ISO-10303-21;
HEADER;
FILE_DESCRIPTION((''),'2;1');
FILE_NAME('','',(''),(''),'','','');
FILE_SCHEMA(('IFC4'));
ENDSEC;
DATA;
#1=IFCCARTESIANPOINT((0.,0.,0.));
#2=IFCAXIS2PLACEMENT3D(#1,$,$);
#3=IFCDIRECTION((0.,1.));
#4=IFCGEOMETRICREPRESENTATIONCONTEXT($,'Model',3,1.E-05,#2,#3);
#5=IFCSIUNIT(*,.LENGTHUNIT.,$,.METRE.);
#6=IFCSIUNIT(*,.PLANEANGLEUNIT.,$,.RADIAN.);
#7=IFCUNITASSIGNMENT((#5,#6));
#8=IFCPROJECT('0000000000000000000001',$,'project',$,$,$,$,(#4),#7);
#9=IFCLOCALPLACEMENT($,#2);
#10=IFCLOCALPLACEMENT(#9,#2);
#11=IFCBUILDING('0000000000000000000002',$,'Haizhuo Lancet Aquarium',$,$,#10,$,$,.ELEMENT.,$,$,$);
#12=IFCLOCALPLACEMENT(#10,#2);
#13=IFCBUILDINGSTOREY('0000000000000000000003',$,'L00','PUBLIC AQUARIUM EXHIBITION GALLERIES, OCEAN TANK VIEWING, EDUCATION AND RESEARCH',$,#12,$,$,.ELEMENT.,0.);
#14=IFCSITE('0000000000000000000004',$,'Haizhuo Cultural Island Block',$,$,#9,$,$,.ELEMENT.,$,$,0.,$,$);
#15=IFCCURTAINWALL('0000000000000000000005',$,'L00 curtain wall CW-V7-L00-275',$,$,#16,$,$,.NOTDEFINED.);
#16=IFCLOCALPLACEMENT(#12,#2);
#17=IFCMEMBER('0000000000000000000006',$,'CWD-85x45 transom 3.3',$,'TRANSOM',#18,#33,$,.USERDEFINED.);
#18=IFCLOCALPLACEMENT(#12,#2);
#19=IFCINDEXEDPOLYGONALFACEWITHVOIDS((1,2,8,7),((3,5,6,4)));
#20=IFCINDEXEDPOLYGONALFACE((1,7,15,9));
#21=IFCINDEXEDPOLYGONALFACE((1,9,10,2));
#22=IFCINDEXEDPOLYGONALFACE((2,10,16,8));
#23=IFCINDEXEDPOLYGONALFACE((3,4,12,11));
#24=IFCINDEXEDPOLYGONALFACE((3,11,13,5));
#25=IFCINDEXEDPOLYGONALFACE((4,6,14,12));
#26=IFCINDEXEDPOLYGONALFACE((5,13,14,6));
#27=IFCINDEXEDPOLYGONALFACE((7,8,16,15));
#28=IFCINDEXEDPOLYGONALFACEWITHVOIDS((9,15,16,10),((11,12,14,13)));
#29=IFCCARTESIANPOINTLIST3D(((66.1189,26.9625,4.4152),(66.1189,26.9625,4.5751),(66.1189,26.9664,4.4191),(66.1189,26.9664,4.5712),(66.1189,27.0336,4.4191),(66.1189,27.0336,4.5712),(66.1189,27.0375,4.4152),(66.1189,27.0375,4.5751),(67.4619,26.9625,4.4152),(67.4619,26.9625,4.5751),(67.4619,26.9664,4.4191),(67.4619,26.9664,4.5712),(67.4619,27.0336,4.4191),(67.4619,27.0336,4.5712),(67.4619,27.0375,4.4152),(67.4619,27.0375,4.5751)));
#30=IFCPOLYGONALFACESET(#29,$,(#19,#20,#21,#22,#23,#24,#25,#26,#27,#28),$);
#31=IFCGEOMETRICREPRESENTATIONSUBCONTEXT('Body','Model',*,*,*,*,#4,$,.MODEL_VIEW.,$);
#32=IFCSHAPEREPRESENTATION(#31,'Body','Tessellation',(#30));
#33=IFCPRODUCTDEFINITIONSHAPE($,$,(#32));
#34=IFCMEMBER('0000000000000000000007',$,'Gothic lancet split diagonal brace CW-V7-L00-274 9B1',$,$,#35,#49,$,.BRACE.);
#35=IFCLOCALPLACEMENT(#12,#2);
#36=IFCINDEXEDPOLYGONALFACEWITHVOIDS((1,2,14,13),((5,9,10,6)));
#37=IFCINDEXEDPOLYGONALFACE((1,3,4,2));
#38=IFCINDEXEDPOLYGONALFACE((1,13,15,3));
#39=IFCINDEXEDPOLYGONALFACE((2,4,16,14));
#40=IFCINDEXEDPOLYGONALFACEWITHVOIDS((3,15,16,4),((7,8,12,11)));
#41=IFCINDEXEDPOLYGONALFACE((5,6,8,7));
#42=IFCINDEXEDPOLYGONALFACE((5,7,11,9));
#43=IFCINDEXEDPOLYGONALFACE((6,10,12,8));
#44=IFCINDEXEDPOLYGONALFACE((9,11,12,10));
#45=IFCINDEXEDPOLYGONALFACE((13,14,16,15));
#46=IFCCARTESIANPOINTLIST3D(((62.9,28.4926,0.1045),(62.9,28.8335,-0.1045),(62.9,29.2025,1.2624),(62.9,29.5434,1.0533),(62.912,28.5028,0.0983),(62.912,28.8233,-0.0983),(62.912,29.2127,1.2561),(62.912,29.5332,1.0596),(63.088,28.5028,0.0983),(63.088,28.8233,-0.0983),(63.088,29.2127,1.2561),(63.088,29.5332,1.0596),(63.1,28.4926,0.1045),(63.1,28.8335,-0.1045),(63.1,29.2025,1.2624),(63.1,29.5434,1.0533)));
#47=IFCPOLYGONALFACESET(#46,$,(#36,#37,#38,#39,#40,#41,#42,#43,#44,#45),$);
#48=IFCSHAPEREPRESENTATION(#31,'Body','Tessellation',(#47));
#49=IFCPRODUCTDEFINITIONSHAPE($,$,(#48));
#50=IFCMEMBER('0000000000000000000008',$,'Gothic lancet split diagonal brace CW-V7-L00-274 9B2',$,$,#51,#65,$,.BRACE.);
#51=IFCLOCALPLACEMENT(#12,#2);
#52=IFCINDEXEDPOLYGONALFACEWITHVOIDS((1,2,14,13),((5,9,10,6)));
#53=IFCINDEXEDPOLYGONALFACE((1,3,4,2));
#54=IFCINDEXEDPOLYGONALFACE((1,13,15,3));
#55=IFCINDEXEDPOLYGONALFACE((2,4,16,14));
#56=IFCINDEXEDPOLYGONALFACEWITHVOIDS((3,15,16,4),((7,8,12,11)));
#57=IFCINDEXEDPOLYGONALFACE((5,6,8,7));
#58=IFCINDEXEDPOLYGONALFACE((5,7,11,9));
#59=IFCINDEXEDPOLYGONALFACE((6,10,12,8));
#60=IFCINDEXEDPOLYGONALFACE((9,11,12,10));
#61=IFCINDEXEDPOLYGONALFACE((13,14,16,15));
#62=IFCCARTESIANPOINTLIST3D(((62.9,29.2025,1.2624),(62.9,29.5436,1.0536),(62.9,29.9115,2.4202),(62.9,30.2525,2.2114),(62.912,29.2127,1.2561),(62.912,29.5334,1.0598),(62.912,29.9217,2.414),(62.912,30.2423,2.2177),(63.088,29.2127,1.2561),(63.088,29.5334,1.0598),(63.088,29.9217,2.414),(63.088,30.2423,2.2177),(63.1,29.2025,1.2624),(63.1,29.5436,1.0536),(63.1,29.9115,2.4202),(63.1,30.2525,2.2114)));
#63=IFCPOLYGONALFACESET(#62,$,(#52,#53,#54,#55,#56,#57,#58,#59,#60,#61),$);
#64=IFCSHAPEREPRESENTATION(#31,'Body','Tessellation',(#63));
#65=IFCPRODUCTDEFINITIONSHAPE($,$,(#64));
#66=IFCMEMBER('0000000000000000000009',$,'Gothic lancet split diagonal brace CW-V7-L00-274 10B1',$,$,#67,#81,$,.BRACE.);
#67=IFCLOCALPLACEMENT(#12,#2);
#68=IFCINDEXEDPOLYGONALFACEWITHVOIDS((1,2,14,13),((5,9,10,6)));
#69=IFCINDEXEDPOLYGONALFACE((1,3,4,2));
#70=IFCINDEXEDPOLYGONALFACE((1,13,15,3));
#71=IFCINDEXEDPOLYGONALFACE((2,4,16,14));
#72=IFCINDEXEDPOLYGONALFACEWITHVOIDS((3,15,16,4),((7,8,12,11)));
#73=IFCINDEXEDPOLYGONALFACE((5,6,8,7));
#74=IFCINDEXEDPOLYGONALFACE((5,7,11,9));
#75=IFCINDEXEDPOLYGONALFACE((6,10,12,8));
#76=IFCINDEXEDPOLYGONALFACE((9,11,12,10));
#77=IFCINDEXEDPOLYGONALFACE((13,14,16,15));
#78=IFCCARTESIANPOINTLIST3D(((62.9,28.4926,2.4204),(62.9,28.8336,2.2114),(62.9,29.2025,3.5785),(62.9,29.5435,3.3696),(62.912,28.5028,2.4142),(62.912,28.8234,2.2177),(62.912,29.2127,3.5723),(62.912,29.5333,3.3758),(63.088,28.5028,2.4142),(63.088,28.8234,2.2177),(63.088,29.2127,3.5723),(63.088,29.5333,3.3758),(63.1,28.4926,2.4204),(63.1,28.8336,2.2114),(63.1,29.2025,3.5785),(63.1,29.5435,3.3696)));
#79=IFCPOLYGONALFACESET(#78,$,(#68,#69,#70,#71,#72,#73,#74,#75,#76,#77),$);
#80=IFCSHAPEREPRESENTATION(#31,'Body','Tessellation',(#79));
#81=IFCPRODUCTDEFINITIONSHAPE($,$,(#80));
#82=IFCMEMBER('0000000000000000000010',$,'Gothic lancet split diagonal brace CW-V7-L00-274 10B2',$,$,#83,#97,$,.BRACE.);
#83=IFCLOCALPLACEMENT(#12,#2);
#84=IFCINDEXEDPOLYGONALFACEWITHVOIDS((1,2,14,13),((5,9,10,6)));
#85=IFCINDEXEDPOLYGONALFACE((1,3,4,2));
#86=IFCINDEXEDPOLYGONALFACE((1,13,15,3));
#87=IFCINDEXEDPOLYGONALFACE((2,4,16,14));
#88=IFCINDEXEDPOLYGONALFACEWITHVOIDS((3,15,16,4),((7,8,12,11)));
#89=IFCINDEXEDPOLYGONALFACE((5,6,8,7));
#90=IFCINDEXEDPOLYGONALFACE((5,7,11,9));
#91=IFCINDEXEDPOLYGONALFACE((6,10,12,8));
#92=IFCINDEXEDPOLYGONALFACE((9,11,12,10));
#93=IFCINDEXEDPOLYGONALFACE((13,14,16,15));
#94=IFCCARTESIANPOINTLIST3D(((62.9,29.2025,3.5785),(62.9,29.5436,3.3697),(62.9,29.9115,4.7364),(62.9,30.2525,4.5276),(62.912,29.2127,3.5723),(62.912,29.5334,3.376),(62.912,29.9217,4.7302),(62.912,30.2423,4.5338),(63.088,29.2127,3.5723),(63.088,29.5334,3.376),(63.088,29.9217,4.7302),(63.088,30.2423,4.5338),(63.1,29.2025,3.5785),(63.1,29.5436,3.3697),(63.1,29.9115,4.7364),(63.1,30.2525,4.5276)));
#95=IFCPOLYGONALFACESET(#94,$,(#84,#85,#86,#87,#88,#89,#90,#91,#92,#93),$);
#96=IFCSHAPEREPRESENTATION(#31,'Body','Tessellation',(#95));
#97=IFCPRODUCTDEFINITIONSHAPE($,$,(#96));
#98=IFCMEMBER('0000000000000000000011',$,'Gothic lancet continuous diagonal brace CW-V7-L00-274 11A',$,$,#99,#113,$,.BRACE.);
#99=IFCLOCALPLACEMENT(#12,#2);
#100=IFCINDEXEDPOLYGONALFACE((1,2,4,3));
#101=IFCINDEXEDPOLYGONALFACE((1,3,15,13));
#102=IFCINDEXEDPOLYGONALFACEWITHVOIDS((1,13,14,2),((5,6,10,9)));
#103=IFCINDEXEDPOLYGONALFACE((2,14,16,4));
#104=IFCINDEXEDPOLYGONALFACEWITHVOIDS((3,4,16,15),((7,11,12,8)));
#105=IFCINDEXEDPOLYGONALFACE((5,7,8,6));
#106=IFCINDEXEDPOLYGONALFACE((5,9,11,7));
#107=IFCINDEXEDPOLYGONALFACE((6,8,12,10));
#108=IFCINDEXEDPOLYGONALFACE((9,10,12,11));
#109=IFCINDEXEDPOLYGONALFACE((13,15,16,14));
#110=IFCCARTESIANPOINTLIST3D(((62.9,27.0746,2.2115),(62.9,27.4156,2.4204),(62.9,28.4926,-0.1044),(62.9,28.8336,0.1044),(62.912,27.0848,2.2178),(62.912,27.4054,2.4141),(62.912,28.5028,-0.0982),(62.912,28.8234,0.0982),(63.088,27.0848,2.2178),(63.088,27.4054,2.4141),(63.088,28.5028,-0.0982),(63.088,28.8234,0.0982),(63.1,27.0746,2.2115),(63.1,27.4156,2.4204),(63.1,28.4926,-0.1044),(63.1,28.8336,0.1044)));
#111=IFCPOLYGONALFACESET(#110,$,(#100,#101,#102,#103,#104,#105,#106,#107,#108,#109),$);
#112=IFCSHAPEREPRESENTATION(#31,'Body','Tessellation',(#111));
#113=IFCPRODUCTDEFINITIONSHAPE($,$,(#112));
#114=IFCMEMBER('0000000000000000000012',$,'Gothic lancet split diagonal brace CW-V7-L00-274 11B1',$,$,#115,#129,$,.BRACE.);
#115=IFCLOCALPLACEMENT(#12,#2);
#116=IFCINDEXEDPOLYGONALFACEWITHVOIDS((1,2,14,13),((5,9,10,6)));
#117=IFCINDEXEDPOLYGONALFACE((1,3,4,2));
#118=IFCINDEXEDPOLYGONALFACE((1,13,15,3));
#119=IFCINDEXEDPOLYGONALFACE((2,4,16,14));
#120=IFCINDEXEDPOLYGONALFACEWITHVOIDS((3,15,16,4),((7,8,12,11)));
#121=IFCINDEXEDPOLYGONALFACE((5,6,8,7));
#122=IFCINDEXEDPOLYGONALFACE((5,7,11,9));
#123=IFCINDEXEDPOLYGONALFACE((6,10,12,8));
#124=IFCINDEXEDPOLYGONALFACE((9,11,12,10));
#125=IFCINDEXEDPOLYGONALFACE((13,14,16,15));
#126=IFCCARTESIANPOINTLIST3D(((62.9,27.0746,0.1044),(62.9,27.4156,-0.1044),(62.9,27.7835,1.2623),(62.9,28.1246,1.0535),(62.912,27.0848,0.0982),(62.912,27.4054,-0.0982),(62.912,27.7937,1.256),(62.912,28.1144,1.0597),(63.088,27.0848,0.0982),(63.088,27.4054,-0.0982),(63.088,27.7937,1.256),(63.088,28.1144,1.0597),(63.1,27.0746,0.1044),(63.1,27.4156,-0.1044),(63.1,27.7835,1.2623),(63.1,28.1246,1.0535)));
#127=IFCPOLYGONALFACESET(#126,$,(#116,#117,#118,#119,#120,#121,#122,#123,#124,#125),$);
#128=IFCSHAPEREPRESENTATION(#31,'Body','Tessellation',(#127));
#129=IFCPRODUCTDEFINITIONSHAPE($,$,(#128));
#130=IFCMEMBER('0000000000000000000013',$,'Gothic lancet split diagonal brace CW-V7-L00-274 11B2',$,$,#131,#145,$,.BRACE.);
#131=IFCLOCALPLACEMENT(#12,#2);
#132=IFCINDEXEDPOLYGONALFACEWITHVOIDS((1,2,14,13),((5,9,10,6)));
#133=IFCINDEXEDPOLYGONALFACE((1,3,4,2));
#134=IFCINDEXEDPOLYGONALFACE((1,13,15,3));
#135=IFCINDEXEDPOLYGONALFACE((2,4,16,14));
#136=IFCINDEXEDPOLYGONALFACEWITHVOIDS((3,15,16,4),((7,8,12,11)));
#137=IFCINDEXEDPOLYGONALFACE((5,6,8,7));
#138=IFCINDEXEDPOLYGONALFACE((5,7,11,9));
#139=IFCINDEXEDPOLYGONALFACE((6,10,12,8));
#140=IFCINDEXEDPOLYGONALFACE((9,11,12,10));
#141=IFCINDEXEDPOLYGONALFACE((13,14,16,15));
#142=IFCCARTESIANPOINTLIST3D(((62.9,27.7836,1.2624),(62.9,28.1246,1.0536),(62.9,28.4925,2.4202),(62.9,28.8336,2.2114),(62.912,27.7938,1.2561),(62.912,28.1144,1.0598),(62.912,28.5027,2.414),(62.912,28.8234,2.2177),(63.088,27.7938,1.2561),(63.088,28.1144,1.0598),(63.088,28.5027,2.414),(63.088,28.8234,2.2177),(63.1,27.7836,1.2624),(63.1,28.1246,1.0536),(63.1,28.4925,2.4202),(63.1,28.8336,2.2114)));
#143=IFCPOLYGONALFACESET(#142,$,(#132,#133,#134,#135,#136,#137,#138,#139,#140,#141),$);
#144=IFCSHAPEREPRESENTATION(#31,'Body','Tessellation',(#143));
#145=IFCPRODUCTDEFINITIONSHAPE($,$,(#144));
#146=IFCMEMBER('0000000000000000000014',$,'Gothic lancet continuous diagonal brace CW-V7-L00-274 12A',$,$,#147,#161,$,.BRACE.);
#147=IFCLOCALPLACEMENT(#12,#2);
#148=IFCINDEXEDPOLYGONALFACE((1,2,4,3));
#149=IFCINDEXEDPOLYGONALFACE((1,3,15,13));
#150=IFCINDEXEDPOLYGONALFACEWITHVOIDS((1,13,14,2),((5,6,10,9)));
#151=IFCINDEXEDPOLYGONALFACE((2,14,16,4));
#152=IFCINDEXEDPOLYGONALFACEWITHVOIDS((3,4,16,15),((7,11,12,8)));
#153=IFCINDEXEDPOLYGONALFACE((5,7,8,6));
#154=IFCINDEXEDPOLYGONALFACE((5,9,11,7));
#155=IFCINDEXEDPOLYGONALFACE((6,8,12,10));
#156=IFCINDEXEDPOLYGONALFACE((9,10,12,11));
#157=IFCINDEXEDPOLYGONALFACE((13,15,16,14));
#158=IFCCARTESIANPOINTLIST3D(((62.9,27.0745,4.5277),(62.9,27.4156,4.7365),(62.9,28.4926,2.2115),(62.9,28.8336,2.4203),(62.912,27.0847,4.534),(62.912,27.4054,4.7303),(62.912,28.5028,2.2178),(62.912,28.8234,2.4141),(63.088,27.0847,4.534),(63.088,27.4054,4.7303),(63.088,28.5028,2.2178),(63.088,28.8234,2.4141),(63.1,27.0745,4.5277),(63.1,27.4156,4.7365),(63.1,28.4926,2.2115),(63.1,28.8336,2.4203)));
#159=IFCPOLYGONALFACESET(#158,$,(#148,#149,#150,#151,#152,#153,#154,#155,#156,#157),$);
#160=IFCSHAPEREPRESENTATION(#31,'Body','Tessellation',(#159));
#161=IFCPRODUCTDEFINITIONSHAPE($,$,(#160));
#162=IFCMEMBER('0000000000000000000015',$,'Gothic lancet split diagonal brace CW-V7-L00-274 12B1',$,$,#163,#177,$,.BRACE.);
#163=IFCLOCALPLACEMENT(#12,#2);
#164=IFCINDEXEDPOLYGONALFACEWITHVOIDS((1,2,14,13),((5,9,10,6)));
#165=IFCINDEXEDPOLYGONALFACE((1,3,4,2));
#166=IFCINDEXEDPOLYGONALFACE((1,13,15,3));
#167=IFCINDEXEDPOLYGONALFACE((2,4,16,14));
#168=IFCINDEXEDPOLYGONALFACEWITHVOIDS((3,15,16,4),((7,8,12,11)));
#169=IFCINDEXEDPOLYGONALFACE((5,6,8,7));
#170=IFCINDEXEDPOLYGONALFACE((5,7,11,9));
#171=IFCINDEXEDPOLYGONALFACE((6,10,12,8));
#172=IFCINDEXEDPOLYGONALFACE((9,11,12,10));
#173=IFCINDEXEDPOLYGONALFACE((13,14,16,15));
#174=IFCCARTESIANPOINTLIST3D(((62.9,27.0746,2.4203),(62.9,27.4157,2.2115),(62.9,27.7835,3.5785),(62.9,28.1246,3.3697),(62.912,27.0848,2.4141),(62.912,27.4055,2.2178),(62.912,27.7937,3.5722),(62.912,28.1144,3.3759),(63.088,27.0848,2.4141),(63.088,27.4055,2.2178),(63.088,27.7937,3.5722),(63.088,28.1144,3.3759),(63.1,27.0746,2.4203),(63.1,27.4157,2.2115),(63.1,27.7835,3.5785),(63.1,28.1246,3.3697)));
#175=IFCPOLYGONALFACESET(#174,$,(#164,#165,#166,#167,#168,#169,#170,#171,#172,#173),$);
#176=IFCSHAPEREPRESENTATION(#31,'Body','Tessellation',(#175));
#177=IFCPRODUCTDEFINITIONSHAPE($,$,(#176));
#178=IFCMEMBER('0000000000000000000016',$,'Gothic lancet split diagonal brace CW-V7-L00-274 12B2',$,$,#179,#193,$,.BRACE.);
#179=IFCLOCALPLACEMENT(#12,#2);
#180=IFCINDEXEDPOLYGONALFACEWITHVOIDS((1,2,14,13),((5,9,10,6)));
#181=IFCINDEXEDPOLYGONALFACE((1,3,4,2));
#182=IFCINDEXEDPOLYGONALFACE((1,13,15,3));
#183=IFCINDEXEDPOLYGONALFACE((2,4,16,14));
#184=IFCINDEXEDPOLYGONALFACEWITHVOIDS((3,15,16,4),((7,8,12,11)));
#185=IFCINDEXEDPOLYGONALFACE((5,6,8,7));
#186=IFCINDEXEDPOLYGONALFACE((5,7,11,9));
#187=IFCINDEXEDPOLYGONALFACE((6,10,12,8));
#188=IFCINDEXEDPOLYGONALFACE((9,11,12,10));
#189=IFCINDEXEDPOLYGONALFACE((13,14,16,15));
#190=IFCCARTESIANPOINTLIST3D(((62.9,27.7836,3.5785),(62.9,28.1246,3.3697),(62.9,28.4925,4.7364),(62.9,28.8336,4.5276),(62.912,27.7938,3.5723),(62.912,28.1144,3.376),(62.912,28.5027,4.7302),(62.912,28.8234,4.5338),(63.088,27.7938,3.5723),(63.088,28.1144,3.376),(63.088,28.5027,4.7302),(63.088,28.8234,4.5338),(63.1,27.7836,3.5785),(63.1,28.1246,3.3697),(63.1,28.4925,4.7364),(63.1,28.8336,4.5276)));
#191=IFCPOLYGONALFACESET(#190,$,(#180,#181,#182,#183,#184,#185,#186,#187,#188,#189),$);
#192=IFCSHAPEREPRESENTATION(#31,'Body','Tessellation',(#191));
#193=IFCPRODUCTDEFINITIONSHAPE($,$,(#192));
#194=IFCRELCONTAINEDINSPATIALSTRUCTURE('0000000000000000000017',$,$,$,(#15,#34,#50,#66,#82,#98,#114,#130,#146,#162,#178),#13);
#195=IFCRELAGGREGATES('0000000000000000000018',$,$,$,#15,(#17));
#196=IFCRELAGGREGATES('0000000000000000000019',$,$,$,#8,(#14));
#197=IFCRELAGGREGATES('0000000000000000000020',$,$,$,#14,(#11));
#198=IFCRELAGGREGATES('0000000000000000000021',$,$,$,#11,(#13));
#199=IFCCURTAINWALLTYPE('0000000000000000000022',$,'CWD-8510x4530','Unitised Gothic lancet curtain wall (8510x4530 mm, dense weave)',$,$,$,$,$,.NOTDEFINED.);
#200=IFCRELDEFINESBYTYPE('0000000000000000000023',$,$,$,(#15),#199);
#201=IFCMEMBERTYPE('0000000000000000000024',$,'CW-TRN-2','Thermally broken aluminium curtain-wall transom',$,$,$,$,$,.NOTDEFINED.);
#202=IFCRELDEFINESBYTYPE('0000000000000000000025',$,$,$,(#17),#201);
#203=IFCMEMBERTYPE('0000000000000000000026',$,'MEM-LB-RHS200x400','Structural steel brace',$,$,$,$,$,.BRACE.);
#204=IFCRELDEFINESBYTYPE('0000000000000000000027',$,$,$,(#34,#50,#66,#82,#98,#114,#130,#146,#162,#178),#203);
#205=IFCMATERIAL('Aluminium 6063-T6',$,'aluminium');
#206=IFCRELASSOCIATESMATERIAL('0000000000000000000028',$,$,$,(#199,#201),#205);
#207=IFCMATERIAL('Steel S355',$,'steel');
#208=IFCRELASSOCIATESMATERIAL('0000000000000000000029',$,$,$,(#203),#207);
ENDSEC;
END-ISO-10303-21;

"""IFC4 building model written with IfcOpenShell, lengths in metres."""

from ifc_helpers import new_model, si_unit, direction, frame, origin, origin_2d, place, context, subcontext, project, spatial, hollow_rectangle, extrude, material, material_profile, profile_set, type_object, element, aggregate, save


model = new_model("IFC4")

# Units and contexts
model_context = context("Model", 3, precision=1e-05, world=origin(), true_north=direction((0.0, 1.0)))
body_context = subcontext(model_context, "Body", "Model", "MODEL_VIEW")
ifc_project = project(units=[si_unit("LENGTHUNIT", "METRE"), si_unit("PLANEANGLEUNIT", "RADIAN")], contexts=[model_context])

# Site, building, storey
site_placement = place(None, origin())
site = spatial("IfcSite", under=ifc_project, at=site_placement, Name="Haizhuo Cultural Island Block", CompositionType="ELEMENT", RefElevation=0.0)
building_placement = place(site_placement, origin())
building = spatial("IfcBuilding", under=site, at=building_placement, Name="Haizhuo Lancet Aquarium", CompositionType="ELEMENT")
storey_placement = place(building_placement, origin())
storey = spatial("IfcBuildingStorey", under=building, at=storey_placement, Name="L00", Description="PUBLIC AQUARIUM EXHIBITION GALLERIES, OCEAN TANK VIEWING, EDUCATION AND RESEARCH", CompositionType="ELEMENT", Elevation=0.0)

# Curtain wall, member
ifc_material_1 = material(Name="Aluminium 6063-T6", Category="aluminium")
curtain_wall_type_1 = type_object("IfcCurtainWallType", Name="CWD-8510x4530", Description="Unitised Gothic lancet curtain wall (8510x4530 mm, dense weave)", PredefinedType="NOTDEFINED", material=ifc_material_1)
curtain_wall_1_placement = place(storey_placement, origin())
curtain_wall_1 = element("IfcCurtainWall", 1, at=curtain_wall_1_placement, inside=storey, type_object=curtain_wall_type_1, Name="L00 curtain wall CW-V7-L00-275", PredefinedType="NOTDEFINED")
ifc_material_profile_1 = material_profile(ifc_material_1, hollow_rectangle(XDim=0.075, YDim=0.1599, WallThickness=0.0039, at=origin_2d()), Name="ALU-T 75x160x4")
ifc_profile_set_1 = profile_set([ifc_material_profile_1], Name="Aluminium 6063-T6")
member_type_1 = type_object("IfcMemberType", Name="CW-TRN-2", Description="Thermally broken aluminium curtain-wall transom", PredefinedType="NOTDEFINED", material=ifc_profile_set_1)
member_1_placement = place(storey_placement, frame((66.1189, 27.0, 4.4951), z_axis=(1.0, 0.0, 0.0), x_axis=(0.0, 1.0, 0.0)))
member_1 = element("IfcMember", 2, at=member_1_placement, type_object=member_type_1, Name="CWD-85x45 transom 3.3", ObjectType="TRANSOM", PredefinedType="USERDEFINED", context=body_context, shape_type="SweptSolid", body=[
    extrude(hollow_rectangle(XDim=0.075, YDim=0.1599, WallThickness=0.0039, at=origin_2d()), origin(), (0.0, 0.0, 1.0), 1.343),
])

# Members
ifc_material_2 = material(Name="Steel S355", Category="steel")
ifc_material_profile_2 = material_profile(ifc_material_2, hollow_rectangle(XDim=0.2, YDim=0.3999, WallThickness=0.012, at=origin_2d()), Name="RHS 200x400x12")
ifc_profile_set_2 = profile_set([ifc_material_profile_2], Name="Steel S355")
member_type_2 = type_object("IfcMemberType", Name="MEM-LB-RHS200x400", Description="Structural steel brace", PredefinedType="BRACE", material=ifc_profile_set_2)
member_2_placement = place(storey_placement, frame((63.0, 28.6631, 0.0), z_axis=(0.0, 0.522693, 0.852521), x_axis=(-1.0, 0.0, 0.0)))
element("IfcMember", 3, at=member_2_placement, inside=storey, type_object=member_type_2, Name="Gothic lancet split diagonal brace CW-V7-L00-274 9B1", PredefinedType="BRACE", context=body_context, shape_type="SweptSolid", body=[
    extrude(hollow_rectangle(XDim=0.2, YDim=0.3999, WallThickness=0.012, at=origin_2d()), origin(), (0.0, 0.0, 1.0), 1.3582),
])
member_3_placement = place(storey_placement, frame((63.0, 29.373, 1.158), z_axis=(0.0, 0.52217, 0.852841), x_axis=(-1.0, 0.0, 0.0)))
element("IfcMember", 4, at=member_3_placement, inside=storey, type_object=member_type_2, Name="Gothic lancet split diagonal brace CW-V7-L00-274 9B2", PredefinedType="BRACE", context=body_context, shape_type="SweptSolid", body=[
    extrude(hollow_rectangle(XDim=0.2, YDim=0.3999, WallThickness=0.012, at=origin_2d()), origin(), (0.0, 0.0, 1.0), 1.3577),
])
member_4_placement = place(storey_placement, frame((63.0, 28.6631, 2.3159), z_axis=(0.0, 0.522613, 0.85257), x_axis=(-1.0, 0.0, 0.0)))
element("IfcMember", 5, at=member_4_placement, inside=storey, type_object=member_type_2, Name="Gothic lancet split diagonal brace CW-V7-L00-274 10B1", PredefinedType="BRACE", context=body_context, shape_type="SweptSolid", body=[
    extrude(hollow_rectangle(XDim=0.2, YDim=0.3999, WallThickness=0.012, at=origin_2d()), origin(), (0.0, 0.0, 1.0), 1.3584),
])
member_5_placement = place(storey_placement, frame((63.0, 29.373, 3.4741), z_axis=(0.0, 0.52217, 0.852841), x_axis=(-1.0, 0.0, 0.0)))
element("IfcMember", 6, at=member_5_placement, inside=storey, type_object=member_type_2, Name="Gothic lancet split diagonal brace CW-V7-L00-274 10B2", PredefinedType="BRACE", context=body_context, shape_type="SweptSolid", body=[
    extrude(hollow_rectangle(XDim=0.2, YDim=0.3999, WallThickness=0.012, at=origin_2d()), origin(), (0.0, 0.0, 1.0), 1.3577),
])
member_6_placement = place(storey_placement, frame((63.0, 28.6631, 0.0), z_axis=(0.0, -0.52217, 0.852841), x_axis=(1.0, 0.0, 0.0)))
element("IfcMember", 7, at=member_6_placement, inside=storey, type_object=member_type_2, Name="Gothic lancet continuous diagonal brace CW-V7-L00-274 11A", PredefinedType="BRACE", context=body_context, shape_type="SweptSolid", body=[
    extrude(hollow_rectangle(XDim=0.2, YDim=0.3999, WallThickness=0.012, at=origin_2d()), origin(), (0.0, 0.0, 1.0), 2.7156),
])
for number, where, z_axis, x_axis, name in (
    (8, (63.0, 27.2451, 0.0), (0.0, 0.52217, 0.852841), (-1.0, 0.0, 0.0), "Gothic lancet split diagonal brace CW-V7-L00-274 11B1"),
    (9, (63.0, 27.9541, 1.158), (0.0, 0.52217, 0.852841), (-1.0, 0.0, 0.0), "Gothic lancet split diagonal brace CW-V7-L00-274 11B2"),
):
    element("IfcMember", number, at=place(storey_placement, frame(where, z_axis=z_axis, x_axis=x_axis)), inside=storey, type_object=member_type_2, Name=name, PredefinedType="BRACE", context=body_context, shape_type="SweptSolid", body=[
        extrude(hollow_rectangle(XDim=0.2, YDim=0.3999, WallThickness=0.012, at=origin_2d()), origin(), (0.0, 0.0, 1.0), 1.3577),
    ])
member_7_placement = place(storey_placement, frame((63.0, 28.6631, 2.3159), z_axis=(0.0, -0.52213, 0.852866), x_axis=(1.0, 0.0, 0.0)))
element("IfcMember", 10, at=member_7_placement, inside=storey, type_object=member_type_2, Name="Gothic lancet continuous diagonal brace CW-V7-L00-274 12A", PredefinedType="BRACE", context=body_context, shape_type="SweptSolid", body=[
    extrude(hollow_rectangle(XDim=0.2, YDim=0.3999, WallThickness=0.012, at=origin_2d()), origin(), (0.0, 0.0, 1.0), 2.7158),
])
member_8_placement = place(storey_placement, frame((63.0, 27.2451, 2.3159), z_axis=(0.0, 0.52209, 0.852891), x_axis=(-1.0, 0.0, 0.0)))
element("IfcMember", 11, at=member_8_placement, inside=storey, type_object=member_type_2, Name="Gothic lancet split diagonal brace CW-V7-L00-274 12B1", PredefinedType="BRACE", context=body_context, shape_type="SweptSolid", body=[
    extrude(hollow_rectangle(XDim=0.2, YDim=0.3999, WallThickness=0.012, at=origin_2d()), origin(), (0.0, 0.0, 1.0), 1.3579),
])
member_9_placement = place(storey_placement, frame((63.0, 27.9541, 3.4741), z_axis=(0.0, 0.52217, 0.852841), x_axis=(-1.0, 0.0, 0.0)))
element("IfcMember", 12, at=member_9_placement, inside=storey, type_object=member_type_2, Name="Gothic lancet split diagonal brace CW-V7-L00-274 12B2", PredefinedType="BRACE", context=body_context, shape_type="SweptSolid", body=[
    extrude(hollow_rectangle(XDim=0.2, YDim=0.3999, WallThickness=0.012, at=origin_2d()), origin(), (0.0, 0.0, 1.0), 1.3577),
])

aggregate(curtain_wall_1, [member_1])

save(model, "model.ifc")
